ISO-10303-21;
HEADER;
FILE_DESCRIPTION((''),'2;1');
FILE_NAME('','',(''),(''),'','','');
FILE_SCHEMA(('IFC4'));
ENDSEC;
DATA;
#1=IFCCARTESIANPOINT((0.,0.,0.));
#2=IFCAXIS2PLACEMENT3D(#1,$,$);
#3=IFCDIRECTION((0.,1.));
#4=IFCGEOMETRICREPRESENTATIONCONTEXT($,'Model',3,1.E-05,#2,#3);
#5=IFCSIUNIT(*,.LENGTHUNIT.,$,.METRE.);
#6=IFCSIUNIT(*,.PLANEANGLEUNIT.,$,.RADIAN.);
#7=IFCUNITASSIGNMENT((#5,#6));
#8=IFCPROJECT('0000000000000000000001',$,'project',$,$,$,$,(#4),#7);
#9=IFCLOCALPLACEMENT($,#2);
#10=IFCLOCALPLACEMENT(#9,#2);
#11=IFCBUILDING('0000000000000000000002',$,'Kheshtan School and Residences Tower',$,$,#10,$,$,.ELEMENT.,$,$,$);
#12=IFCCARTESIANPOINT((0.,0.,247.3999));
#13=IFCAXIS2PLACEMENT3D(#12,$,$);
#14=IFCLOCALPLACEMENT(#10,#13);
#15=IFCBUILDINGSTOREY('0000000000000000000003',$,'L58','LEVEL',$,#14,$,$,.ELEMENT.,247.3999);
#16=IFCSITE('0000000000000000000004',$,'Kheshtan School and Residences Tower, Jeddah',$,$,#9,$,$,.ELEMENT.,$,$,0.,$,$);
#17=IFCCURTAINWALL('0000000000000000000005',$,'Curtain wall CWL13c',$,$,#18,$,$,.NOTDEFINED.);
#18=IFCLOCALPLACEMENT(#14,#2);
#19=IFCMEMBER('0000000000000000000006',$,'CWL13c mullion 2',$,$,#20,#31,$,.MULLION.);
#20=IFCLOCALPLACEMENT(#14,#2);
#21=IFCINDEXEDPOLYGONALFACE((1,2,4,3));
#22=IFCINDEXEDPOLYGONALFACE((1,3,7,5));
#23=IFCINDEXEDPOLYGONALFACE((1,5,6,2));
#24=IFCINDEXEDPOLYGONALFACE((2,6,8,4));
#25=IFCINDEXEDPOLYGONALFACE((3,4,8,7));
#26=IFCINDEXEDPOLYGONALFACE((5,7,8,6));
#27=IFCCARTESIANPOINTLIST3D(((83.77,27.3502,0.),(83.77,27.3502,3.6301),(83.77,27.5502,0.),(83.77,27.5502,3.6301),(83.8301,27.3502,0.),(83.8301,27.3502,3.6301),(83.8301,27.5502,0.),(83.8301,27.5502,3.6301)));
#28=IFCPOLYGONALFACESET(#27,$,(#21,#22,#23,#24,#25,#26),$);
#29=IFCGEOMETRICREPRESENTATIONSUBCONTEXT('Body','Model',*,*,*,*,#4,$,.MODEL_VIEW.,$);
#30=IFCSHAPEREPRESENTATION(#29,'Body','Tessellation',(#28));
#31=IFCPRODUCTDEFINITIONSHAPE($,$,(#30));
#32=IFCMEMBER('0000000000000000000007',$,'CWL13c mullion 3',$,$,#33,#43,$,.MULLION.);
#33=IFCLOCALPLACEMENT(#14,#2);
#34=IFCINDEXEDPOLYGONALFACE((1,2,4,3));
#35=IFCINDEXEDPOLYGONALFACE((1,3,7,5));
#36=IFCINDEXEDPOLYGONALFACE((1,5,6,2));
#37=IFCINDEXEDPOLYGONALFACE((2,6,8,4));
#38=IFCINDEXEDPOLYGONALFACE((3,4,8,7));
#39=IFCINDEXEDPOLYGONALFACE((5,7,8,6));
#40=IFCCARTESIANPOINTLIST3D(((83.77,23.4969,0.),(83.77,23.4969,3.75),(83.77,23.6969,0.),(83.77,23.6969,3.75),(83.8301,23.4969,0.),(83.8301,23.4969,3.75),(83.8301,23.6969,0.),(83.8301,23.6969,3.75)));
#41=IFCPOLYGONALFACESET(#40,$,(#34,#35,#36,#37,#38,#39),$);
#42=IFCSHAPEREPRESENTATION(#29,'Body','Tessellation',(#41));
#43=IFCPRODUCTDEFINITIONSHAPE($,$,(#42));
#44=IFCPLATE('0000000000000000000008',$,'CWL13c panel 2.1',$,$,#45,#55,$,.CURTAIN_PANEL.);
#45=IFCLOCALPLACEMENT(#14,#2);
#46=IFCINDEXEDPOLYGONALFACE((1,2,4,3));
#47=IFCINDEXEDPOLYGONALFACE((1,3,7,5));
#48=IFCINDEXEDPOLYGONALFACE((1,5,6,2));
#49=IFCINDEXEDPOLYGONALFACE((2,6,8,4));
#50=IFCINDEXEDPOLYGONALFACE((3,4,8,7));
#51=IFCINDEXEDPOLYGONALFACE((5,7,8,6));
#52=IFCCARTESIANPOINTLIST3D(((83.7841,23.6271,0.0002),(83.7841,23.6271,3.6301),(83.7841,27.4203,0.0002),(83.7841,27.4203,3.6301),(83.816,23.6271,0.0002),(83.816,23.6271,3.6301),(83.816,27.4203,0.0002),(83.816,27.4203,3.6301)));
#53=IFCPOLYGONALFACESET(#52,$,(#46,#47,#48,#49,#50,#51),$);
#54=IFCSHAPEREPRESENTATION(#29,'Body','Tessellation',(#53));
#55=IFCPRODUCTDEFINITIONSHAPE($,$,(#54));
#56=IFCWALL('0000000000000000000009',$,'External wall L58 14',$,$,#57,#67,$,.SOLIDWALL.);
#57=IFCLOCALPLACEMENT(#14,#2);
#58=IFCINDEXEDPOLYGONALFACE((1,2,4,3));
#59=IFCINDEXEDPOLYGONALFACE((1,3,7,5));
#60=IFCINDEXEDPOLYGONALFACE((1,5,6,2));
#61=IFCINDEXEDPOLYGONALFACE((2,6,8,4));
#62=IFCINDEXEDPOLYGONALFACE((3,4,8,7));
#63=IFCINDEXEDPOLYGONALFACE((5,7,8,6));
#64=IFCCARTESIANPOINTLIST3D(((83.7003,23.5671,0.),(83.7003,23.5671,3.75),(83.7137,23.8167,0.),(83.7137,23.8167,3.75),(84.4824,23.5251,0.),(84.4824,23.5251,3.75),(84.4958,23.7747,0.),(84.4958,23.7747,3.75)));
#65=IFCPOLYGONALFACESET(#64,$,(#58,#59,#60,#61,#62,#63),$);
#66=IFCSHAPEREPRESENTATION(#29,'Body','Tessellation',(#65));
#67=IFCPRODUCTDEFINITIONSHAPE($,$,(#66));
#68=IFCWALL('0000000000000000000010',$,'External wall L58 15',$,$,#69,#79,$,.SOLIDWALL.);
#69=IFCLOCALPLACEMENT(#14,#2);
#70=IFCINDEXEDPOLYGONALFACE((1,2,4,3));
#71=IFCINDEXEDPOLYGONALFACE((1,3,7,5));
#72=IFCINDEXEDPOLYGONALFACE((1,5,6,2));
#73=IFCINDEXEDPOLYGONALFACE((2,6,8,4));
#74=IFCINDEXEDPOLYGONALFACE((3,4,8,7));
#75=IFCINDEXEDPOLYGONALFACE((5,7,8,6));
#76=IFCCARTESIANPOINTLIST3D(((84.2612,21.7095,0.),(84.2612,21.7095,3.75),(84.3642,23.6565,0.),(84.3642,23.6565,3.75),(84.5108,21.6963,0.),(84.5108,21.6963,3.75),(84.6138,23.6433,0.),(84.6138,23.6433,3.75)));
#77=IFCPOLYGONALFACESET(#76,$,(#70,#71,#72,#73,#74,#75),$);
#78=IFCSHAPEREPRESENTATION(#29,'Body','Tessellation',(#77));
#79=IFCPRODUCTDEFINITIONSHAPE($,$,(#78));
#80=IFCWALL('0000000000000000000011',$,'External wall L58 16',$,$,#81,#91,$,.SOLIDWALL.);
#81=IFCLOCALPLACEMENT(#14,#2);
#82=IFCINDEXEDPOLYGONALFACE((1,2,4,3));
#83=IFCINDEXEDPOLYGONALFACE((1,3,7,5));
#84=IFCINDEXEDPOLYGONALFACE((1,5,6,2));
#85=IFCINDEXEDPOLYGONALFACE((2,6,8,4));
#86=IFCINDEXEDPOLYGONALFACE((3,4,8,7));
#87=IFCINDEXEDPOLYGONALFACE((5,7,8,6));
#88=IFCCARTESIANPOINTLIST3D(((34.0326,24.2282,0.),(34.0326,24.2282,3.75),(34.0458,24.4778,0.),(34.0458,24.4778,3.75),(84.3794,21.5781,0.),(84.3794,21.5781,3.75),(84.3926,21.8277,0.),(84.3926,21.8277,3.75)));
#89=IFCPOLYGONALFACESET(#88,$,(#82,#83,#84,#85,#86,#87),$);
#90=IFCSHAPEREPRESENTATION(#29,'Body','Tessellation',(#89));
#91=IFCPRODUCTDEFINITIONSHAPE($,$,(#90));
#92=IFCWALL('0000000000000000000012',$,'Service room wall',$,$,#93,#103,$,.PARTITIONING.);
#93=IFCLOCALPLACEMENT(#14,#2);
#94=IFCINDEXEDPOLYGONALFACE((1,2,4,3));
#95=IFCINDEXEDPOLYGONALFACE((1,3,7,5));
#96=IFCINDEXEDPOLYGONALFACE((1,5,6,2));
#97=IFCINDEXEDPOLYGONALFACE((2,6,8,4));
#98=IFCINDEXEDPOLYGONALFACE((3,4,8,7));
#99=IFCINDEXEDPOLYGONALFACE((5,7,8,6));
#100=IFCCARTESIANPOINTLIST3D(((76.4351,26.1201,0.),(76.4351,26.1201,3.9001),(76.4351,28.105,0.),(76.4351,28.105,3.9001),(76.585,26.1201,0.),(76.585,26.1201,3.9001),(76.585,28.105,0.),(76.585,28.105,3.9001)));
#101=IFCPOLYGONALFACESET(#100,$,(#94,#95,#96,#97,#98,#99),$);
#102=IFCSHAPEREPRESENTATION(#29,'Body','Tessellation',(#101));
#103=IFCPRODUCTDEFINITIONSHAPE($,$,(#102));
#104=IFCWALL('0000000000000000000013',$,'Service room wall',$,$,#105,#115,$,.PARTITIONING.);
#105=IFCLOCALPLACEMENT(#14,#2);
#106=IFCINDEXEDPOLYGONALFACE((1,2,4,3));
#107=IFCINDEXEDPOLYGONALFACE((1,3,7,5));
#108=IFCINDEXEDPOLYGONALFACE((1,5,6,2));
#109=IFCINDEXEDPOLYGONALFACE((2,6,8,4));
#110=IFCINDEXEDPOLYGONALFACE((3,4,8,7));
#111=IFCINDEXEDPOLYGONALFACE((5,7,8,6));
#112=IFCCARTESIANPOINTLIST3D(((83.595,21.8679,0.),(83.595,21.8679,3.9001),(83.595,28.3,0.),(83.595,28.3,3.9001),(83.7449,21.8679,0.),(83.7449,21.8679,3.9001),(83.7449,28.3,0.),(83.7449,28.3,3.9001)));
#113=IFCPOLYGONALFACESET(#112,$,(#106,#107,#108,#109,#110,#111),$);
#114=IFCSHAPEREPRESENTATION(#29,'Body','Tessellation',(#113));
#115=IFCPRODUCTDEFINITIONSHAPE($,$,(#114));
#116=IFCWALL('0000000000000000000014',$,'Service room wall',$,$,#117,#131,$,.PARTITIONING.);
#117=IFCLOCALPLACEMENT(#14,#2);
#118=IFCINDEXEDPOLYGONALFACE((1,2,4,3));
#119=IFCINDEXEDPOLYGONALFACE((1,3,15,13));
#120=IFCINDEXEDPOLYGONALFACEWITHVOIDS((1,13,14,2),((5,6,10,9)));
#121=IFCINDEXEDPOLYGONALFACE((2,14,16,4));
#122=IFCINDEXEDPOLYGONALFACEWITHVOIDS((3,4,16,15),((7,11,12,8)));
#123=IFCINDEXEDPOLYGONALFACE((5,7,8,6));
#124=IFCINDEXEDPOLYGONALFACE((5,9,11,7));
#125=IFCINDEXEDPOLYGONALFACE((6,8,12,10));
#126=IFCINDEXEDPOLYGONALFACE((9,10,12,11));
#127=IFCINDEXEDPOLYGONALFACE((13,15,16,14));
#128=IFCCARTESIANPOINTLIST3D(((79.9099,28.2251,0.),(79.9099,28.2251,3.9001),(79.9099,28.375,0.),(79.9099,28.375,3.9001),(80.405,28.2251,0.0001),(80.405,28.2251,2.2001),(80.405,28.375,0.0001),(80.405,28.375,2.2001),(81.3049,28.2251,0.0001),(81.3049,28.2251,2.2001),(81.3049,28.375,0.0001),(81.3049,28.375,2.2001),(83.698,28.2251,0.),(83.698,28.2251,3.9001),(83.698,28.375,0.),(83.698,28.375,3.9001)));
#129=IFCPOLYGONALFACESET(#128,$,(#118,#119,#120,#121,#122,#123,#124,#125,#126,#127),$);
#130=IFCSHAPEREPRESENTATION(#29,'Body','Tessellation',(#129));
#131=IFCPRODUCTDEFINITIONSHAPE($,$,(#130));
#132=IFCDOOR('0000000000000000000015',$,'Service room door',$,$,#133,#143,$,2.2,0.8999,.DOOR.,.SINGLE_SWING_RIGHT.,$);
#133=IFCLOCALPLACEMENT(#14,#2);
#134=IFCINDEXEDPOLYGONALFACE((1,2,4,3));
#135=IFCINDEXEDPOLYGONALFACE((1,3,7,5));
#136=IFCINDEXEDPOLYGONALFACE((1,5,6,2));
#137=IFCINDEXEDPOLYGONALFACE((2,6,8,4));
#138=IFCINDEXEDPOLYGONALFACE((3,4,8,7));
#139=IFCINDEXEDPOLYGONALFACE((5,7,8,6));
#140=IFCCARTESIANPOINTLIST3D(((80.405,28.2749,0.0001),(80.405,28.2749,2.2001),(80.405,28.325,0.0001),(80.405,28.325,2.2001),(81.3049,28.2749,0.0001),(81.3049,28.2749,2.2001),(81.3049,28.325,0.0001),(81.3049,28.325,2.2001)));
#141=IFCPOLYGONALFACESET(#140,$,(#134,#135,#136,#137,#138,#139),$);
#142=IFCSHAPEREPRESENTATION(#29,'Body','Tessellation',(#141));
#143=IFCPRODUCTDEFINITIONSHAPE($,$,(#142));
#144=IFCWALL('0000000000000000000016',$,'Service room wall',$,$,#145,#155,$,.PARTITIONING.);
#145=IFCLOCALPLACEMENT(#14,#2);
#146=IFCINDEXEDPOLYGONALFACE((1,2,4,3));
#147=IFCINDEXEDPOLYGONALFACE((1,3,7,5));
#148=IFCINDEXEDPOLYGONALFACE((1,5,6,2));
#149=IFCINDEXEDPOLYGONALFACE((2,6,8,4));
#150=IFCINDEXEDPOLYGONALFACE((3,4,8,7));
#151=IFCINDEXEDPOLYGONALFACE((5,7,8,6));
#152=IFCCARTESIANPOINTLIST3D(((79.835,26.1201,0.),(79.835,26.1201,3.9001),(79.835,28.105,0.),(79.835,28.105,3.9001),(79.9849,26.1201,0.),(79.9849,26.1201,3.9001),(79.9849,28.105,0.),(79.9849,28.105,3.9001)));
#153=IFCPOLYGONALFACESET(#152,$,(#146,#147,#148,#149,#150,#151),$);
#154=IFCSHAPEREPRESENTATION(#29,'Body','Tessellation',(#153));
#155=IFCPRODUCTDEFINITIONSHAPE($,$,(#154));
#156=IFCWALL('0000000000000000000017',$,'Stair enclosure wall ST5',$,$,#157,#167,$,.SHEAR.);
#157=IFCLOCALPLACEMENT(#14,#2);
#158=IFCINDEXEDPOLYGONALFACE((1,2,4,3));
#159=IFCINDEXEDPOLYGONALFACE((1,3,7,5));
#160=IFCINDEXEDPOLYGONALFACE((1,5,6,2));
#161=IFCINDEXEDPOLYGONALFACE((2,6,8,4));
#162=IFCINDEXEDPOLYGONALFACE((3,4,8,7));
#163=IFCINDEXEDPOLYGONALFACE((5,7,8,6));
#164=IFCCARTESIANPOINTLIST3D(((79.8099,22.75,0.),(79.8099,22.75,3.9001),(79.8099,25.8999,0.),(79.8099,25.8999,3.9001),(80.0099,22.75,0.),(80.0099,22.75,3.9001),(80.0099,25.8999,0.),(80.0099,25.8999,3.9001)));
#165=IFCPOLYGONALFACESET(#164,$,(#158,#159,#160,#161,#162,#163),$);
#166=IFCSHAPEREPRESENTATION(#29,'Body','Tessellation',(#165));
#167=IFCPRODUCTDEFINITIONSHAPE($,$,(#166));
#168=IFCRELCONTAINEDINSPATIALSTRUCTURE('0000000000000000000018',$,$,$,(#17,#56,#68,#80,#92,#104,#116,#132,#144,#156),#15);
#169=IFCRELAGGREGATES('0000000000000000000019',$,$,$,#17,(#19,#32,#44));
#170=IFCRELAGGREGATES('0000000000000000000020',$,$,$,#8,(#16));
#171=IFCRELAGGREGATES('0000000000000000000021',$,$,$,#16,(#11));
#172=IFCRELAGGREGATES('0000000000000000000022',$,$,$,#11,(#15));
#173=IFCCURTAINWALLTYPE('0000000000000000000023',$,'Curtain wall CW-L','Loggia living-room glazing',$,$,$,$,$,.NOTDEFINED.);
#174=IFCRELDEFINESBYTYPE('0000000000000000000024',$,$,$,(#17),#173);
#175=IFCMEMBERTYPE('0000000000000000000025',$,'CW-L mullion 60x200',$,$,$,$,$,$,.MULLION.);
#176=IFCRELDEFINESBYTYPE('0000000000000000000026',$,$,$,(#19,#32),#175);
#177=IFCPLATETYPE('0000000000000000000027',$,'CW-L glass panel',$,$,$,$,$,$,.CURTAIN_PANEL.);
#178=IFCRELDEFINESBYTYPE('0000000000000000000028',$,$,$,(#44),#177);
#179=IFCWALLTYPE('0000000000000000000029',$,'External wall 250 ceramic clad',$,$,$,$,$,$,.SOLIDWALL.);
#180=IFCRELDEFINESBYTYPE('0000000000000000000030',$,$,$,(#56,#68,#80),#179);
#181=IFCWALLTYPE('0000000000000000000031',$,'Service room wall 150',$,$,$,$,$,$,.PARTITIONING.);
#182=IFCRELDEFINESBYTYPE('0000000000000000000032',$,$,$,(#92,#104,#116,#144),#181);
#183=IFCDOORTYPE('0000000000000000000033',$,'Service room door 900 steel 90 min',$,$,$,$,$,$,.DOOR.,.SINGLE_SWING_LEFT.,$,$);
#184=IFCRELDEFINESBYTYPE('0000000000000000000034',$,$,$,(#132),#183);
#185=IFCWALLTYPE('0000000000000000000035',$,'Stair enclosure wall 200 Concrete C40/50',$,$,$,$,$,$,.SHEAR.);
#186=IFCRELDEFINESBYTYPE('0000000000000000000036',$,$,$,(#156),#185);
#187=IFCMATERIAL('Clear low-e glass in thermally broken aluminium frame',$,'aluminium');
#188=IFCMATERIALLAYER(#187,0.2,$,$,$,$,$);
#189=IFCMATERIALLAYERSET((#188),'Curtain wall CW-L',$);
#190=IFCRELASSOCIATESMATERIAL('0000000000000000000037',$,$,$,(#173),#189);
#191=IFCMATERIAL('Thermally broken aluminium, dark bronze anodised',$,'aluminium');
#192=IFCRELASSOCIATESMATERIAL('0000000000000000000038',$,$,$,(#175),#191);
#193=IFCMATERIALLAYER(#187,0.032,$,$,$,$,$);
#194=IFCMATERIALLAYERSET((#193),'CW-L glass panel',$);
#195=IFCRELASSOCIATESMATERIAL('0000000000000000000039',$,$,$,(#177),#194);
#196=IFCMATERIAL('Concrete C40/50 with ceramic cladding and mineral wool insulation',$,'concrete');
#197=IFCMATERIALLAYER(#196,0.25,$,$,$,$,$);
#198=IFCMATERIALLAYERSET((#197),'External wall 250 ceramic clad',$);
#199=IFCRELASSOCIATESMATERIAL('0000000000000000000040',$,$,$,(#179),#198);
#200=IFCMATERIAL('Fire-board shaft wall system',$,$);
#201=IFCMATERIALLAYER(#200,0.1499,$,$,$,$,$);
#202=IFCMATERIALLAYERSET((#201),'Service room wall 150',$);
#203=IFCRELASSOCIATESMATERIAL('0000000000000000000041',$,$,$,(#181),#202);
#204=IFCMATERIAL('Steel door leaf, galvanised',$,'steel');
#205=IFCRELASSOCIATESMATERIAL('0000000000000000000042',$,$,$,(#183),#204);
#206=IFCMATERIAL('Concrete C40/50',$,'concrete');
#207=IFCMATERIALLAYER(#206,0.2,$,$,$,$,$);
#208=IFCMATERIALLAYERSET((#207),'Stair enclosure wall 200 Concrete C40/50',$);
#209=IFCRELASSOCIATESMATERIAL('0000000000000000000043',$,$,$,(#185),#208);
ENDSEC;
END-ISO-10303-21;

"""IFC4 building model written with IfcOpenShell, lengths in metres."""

from ifc_helpers import new_model, si_unit, direction, frame, frame_2d, origin, origin_2d, place, context, subcontext, project, spatial, rectangle, extrude, source, transform, mapped, material, layer, layer_set, material_profile, profile_set, type_object, element, fill, aggregate, save


model = new_model("IFC4")

# Units and contexts
model_context = context("Model", 3, precision=1e-05, world=origin(), true_north=direction((0.0, 1.0)))
body_context = subcontext(model_context, "Body", "Model", "MODEL_VIEW")
ifc_project = project(units=[si_unit("LENGTHUNIT", "METRE"), si_unit("PLANEANGLEUNIT", "RADIAN")], contexts=[model_context])

# Site, building, storey
site_placement = place(None, origin())
site = spatial("IfcSite", under=ifc_project, at=site_placement, Name="Kheshtan School and Residences Tower, Jeddah", CompositionType="ELEMENT", RefElevation=0.0)
building_placement = place(site_placement, origin())
building = spatial("IfcBuilding", under=site, at=building_placement, Name="Kheshtan School and Residences Tower", CompositionType="ELEMENT")
storey_placement = place(building_placement, frame((0.0, 0.0, 247.3999)))
storey = spatial("IfcBuildingStorey", under=building, at=storey_placement, Name="L58", Description="LEVEL", CompositionType="ELEMENT", Elevation=247.3999)

# Curtain wall, members, plate
ifc_material_1 = material(Name="Clear low-e glass in thermally broken aluminium frame", Category="aluminium")
ifc_layer_1 = layer(ifc_material_1, 0.2)
ifc_layer_set_1 = layer_set([ifc_layer_1], Name="Curtain wall CW-L")
curtain_wall_type = type_object("IfcCurtainWallType", Name="Curtain wall CW-L", Description="Loggia living-room glazing", PredefinedType="NOTDEFINED", material=ifc_layer_set_1)
curtain_wall_placement = place(storey_placement, origin())
curtain_wall = element("IfcCurtainWall", 1, at=curtain_wall_placement, inside=storey, type_object=curtain_wall_type, Name="Curtain wall CWL13c", PredefinedType="NOTDEFINED")
ifc_material_2 = material(Name="Thermally broken aluminium, dark bronze anodised", Category="aluminium")
ifc_material_profile_1 = material_profile(ifc_material_2, rectangle(XDim=0.0601, YDim=0.2, at=origin_2d()), Name="CW-L mullion 60x200")
ifc_profile_set_1 = profile_set([ifc_material_profile_1], Name="Thermally broken aluminium, dark bronze anodised")
member_type = type_object("IfcMemberType", Name="CW-L mullion 60x200", PredefinedType="MULLION", material=ifc_profile_set_1)
member_1_placement = place(storey_placement, frame((83.8, 27.4502, 0.0), z_axis=(0.0, 0.0, 1.0), x_axis=(1.0, 0.0, 0.0)))
member_1 = element("IfcMember", 2, at=member_1_placement, type_object=member_type, Name="CWL13c mullion 2", PredefinedType="MULLION", context=body_context, shape_type="SweptSolid", body=[
    extrude(rectangle(XDim=0.0601, YDim=0.2, at=origin_2d()), origin(), (0.0, 0.0, 1.0), 3.6301),
])
member_2_placement = place(storey_placement, frame((83.8, 23.5969, 0.0), z_axis=(0.0, 0.0, 1.0), x_axis=(1.0, 0.0, 0.0)))
member_2 = element("IfcMember", 3, at=member_2_placement, type_object=member_type, Name="CWL13c mullion 3", PredefinedType="MULLION", context=body_context, shape_type="SweptSolid", body=[
    extrude(rectangle(XDim=0.0601, YDim=0.2, at=origin_2d()), origin(), (0.0, 0.0, 1.0), 3.75),
])
ifc_layer_2 = layer(ifc_material_1, 0.032)
ifc_layer_set_2 = layer_set([ifc_layer_2], Name="CW-L glass panel")
plate_type = type_object("IfcPlateType", Name="CW-L glass panel", PredefinedType="CURTAIN_PANEL", material=ifc_layer_set_2)
plate_placement = place(storey_placement, frame((83.8, 25.5237, 0.0002), z_axis=(0.0, 0.0, 1.0), x_axis=(0.0, -1.0, 0.0)))
plate = element("IfcPlate", 4, at=plate_placement, type_object=plate_type, Name="CWL13c panel 2.1", PredefinedType="CURTAIN_PANEL", context=body_context, shape_type="SweptSolid", body=[
    extrude(rectangle(XDim=3.7932, YDim=0.032, at=origin_2d()), origin(), (0.0, 0.0, 1.0), 3.6299),
])
aggregate(curtain_wall, [member_1, member_2, plate])

# Walls
ifc_material_3 = material(Name="Concrete C40/50 with ceramic cladding and mineral wool insulation", Category="concrete")
ifc_layer_3 = layer(ifc_material_3, 0.25)
ifc_layer_set_3 = layer_set([ifc_layer_3], Name="External wall 250 ceramic clad")
wall_type_1 = type_object("IfcWallType", Name="External wall 250 ceramic clad", PredefinedType="SOLIDWALL", material=ifc_layer_set_3)
wall_1_placement = place(storey_placement, frame((83.707, 23.6919, 0.0), z_axis=(0.0, 0.0, 1.0), x_axis=(0.998561, -0.053622, 0.0)))
element("IfcWall", 5, at=wall_1_placement, inside=storey, type_object=wall_type_1, Name="External wall L58 14", PredefinedType="SOLIDWALL", context=body_context, shape_type="SweptSolid", body=[
    extrude(rectangle(XDim=0.7832, YDim=0.25, at=frame_2d((0.3916, 0.0))), origin(), (0.0, 0.0, 1.0), 3.75),
])
wall_2_placement = place(storey_placement, frame((84.489, 23.6499, 0.0), z_axis=(0.0, 0.0, 1.0), x_axis=(-0.052841, -0.998603, 0.0)))
element("IfcWall", 6, at=wall_2_placement, inside=storey, type_object=wall_type_1, Name="External wall L58 15", PredefinedType="SOLIDWALL", context=body_context, shape_type="SweptSolid", body=[
    extrude(rectangle(XDim=1.9497, YDim=0.25, at=frame_2d((0.9749, 0.0))), origin(), (0.0, 0.0, 1.0), 3.75),
])
wall_3_placement = place(storey_placement, frame((84.386, 21.7029, 0.0), z_axis=(0.0, 0.0, 1.0), x_axis=(-0.998618, 0.052565, 0.0)))
element("IfcWall", 7, at=wall_3_placement, inside=storey, type_object=wall_type_1, Name="External wall L58 16", PredefinedType="SOLIDWALL", context=body_context, shape_type="SweptSolid", body=[
    extrude(rectangle(XDim=50.4165, YDim=0.25, at=frame_2d((25.2083, 0.0))), origin(), (0.0, 0.0, 1.0), 3.75),
])
ifc_material_4 = material(Name="Fire-board shaft wall system")
ifc_layer_4 = layer(ifc_material_4, 0.1499)
ifc_layer_set_4 = layer_set([ifc_layer_4], Name="Service room wall 150")
wall_type_2 = type_object("IfcWallType", Name="Service room wall 150", PredefinedType="PARTITIONING", material=ifc_layer_set_4)
wall_4_placement = place(storey_placement, frame((76.51, 26.1201, 0.0), z_axis=(0.0, 0.0, 1.0), x_axis=(0.0, 1.0, 0.0)))
element("IfcWall", 8, at=wall_4_placement, inside=storey, type_object=wall_type_2, Name="Service room wall", PredefinedType="PARTITIONING", context=body_context, shape_type="SweptSolid", body=[
    extrude(rectangle(XDim=1.9849, YDim=0.1499, at=frame_2d((0.9924, 0.0))), origin(), (0.0, 0.0, 1.0), 3.9001),
])
wall_5_placement = place(storey_placement, frame((83.6699, 21.8679, 0.0), z_axis=(0.0, 0.0, 1.0), x_axis=(0.0, 1.0, 0.0)))
element("IfcWall", 9, at=wall_5_placement, inside=storey, type_object=wall_type_2, Name="Service room wall", PredefinedType="PARTITIONING", context=body_context, shape_type="SweptSolid", body=[
    extrude(rectangle(XDim=6.4321, YDim=0.1499, at=frame_2d((3.2161, 0.0))), origin(), (0.0, 0.0, 1.0), 3.9001),
])

# Wall, opening, door
wall_6_placement = place(storey_placement, frame((79.9099, 28.3, 0.0), z_axis=(0.0, 0.0, 1.0), x_axis=(1.0, 0.0, 0.0)))
wall_6 = element("IfcWall", 10, at=wall_6_placement, inside=storey, type_object=wall_type_2, Name="Service room wall", PredefinedType="PARTITIONING", context=body_context, shape_type="SweptSolid", body=[
    extrude(rectangle(XDim=3.7881, YDim=0.1499, at=frame_2d((1.894, 0.0))), origin(), (0.0, 0.0, 1.0), 3.9001),
])
opening_placement = place(wall_6_placement, frame((0.4951, 0.0, 0.0)))
opening = element("IfcOpeningElement", 11, at=opening_placement, cuts=wall_6, PredefinedType="OPENING", context=body_context, shape_type="SweptSolid", body=[
    extrude(rectangle(XDim=0.8999, YDim=2.2, at=frame_2d((0.45, 1.1001))), frame((0.0, 0.085, 0.0), z_axis=(0.0, -1.0, 0.0), x_axis=(1.0, 0.0, 0.0)), (0.0, 0.0, 1.0), 0.1699),
])
ifc_material_5 = material(Name="Steel door leaf, galvanised", Category="steel")
door_type = type_object("IfcDoorType", Name="Service room door 900 steel 90 min", OperationType="SINGLE_SWING_LEFT", PredefinedType="DOOR", material=ifc_material_5)
shared_shape = source(origin(), body_context, "Body", "SweptSolid", [
    extrude(rectangle(XDim=0.8999, YDim=2.2, at=frame_2d((0.45, 1.1001))), frame((0.0, 0.0249, 0.0), z_axis=(0.0, -1.0, 0.0), x_axis=(1.0, 0.0, 0.0)), (0.0, 0.0, 1.0), 0.05),
])
door_placement = place(opening_placement, origin())
door = element("IfcDoor", 12, at=door_placement, inside=storey, type_object=door_type, Name="Service room door", OperationType="SINGLE_SWING_RIGHT", OverallHeight=2.2, OverallWidth=0.8999, PredefinedType="DOOR", context=body_context, shape_type="MappedRepresentation", body=[
    mapped(shared_shape, transform((0.0, 0.0, 0.0), x_axis=(1.0, 0.0, 0.0), y_axis=(0.0, 1.0, 0.0), z_axis=(0.0, 0.0, 1.0), scale=1.0)),
])
fill(opening, door)

# Walls
wall_7_placement = place(storey_placement, frame((79.9099, 26.1201, 0.0), z_axis=(0.0, 0.0, 1.0), x_axis=(0.0, 1.0, 0.0)))
element("IfcWall", 13, at=wall_7_placement, inside=storey, type_object=wall_type_2, Name="Service room wall", PredefinedType="PARTITIONING", context=body_context, shape_type="SweptSolid", body=[
    extrude(rectangle(XDim=1.9849, YDim=0.1499, at=frame_2d((0.9924, 0.0))), origin(), (0.0, 0.0, 1.0), 3.9001),
])
ifc_material_6 = material(Name="Concrete C40/50", Category="concrete")
ifc_layer_5 = layer(ifc_material_6, 0.2)
ifc_layer_set_5 = layer_set([ifc_layer_5], Name="Stair enclosure wall 200 Concrete C40/50")
wall_type_3 = type_object("IfcWallType", Name="Stair enclosure wall 200 Concrete C40/50", PredefinedType="SHEAR", material=ifc_layer_set_5)
wall_8_placement = place(storey_placement, frame((79.9099, 22.75, 0.0), z_axis=(0.0, 0.0, 1.0), x_axis=(0.0, 1.0, 0.0)))
element("IfcWall", 14, at=wall_8_placement, inside=storey, type_object=wall_type_3, Name="Stair enclosure wall ST5", PredefinedType="SHEAR", context=body_context, shape_type="SweptSolid", body=[
    extrude(rectangle(XDim=3.1499, YDim=0.2, at=frame_2d((1.575, 0.0))), origin(), (0.0, 0.0, 1.0), 3.9001),
])

save(model, "model.ifc")
